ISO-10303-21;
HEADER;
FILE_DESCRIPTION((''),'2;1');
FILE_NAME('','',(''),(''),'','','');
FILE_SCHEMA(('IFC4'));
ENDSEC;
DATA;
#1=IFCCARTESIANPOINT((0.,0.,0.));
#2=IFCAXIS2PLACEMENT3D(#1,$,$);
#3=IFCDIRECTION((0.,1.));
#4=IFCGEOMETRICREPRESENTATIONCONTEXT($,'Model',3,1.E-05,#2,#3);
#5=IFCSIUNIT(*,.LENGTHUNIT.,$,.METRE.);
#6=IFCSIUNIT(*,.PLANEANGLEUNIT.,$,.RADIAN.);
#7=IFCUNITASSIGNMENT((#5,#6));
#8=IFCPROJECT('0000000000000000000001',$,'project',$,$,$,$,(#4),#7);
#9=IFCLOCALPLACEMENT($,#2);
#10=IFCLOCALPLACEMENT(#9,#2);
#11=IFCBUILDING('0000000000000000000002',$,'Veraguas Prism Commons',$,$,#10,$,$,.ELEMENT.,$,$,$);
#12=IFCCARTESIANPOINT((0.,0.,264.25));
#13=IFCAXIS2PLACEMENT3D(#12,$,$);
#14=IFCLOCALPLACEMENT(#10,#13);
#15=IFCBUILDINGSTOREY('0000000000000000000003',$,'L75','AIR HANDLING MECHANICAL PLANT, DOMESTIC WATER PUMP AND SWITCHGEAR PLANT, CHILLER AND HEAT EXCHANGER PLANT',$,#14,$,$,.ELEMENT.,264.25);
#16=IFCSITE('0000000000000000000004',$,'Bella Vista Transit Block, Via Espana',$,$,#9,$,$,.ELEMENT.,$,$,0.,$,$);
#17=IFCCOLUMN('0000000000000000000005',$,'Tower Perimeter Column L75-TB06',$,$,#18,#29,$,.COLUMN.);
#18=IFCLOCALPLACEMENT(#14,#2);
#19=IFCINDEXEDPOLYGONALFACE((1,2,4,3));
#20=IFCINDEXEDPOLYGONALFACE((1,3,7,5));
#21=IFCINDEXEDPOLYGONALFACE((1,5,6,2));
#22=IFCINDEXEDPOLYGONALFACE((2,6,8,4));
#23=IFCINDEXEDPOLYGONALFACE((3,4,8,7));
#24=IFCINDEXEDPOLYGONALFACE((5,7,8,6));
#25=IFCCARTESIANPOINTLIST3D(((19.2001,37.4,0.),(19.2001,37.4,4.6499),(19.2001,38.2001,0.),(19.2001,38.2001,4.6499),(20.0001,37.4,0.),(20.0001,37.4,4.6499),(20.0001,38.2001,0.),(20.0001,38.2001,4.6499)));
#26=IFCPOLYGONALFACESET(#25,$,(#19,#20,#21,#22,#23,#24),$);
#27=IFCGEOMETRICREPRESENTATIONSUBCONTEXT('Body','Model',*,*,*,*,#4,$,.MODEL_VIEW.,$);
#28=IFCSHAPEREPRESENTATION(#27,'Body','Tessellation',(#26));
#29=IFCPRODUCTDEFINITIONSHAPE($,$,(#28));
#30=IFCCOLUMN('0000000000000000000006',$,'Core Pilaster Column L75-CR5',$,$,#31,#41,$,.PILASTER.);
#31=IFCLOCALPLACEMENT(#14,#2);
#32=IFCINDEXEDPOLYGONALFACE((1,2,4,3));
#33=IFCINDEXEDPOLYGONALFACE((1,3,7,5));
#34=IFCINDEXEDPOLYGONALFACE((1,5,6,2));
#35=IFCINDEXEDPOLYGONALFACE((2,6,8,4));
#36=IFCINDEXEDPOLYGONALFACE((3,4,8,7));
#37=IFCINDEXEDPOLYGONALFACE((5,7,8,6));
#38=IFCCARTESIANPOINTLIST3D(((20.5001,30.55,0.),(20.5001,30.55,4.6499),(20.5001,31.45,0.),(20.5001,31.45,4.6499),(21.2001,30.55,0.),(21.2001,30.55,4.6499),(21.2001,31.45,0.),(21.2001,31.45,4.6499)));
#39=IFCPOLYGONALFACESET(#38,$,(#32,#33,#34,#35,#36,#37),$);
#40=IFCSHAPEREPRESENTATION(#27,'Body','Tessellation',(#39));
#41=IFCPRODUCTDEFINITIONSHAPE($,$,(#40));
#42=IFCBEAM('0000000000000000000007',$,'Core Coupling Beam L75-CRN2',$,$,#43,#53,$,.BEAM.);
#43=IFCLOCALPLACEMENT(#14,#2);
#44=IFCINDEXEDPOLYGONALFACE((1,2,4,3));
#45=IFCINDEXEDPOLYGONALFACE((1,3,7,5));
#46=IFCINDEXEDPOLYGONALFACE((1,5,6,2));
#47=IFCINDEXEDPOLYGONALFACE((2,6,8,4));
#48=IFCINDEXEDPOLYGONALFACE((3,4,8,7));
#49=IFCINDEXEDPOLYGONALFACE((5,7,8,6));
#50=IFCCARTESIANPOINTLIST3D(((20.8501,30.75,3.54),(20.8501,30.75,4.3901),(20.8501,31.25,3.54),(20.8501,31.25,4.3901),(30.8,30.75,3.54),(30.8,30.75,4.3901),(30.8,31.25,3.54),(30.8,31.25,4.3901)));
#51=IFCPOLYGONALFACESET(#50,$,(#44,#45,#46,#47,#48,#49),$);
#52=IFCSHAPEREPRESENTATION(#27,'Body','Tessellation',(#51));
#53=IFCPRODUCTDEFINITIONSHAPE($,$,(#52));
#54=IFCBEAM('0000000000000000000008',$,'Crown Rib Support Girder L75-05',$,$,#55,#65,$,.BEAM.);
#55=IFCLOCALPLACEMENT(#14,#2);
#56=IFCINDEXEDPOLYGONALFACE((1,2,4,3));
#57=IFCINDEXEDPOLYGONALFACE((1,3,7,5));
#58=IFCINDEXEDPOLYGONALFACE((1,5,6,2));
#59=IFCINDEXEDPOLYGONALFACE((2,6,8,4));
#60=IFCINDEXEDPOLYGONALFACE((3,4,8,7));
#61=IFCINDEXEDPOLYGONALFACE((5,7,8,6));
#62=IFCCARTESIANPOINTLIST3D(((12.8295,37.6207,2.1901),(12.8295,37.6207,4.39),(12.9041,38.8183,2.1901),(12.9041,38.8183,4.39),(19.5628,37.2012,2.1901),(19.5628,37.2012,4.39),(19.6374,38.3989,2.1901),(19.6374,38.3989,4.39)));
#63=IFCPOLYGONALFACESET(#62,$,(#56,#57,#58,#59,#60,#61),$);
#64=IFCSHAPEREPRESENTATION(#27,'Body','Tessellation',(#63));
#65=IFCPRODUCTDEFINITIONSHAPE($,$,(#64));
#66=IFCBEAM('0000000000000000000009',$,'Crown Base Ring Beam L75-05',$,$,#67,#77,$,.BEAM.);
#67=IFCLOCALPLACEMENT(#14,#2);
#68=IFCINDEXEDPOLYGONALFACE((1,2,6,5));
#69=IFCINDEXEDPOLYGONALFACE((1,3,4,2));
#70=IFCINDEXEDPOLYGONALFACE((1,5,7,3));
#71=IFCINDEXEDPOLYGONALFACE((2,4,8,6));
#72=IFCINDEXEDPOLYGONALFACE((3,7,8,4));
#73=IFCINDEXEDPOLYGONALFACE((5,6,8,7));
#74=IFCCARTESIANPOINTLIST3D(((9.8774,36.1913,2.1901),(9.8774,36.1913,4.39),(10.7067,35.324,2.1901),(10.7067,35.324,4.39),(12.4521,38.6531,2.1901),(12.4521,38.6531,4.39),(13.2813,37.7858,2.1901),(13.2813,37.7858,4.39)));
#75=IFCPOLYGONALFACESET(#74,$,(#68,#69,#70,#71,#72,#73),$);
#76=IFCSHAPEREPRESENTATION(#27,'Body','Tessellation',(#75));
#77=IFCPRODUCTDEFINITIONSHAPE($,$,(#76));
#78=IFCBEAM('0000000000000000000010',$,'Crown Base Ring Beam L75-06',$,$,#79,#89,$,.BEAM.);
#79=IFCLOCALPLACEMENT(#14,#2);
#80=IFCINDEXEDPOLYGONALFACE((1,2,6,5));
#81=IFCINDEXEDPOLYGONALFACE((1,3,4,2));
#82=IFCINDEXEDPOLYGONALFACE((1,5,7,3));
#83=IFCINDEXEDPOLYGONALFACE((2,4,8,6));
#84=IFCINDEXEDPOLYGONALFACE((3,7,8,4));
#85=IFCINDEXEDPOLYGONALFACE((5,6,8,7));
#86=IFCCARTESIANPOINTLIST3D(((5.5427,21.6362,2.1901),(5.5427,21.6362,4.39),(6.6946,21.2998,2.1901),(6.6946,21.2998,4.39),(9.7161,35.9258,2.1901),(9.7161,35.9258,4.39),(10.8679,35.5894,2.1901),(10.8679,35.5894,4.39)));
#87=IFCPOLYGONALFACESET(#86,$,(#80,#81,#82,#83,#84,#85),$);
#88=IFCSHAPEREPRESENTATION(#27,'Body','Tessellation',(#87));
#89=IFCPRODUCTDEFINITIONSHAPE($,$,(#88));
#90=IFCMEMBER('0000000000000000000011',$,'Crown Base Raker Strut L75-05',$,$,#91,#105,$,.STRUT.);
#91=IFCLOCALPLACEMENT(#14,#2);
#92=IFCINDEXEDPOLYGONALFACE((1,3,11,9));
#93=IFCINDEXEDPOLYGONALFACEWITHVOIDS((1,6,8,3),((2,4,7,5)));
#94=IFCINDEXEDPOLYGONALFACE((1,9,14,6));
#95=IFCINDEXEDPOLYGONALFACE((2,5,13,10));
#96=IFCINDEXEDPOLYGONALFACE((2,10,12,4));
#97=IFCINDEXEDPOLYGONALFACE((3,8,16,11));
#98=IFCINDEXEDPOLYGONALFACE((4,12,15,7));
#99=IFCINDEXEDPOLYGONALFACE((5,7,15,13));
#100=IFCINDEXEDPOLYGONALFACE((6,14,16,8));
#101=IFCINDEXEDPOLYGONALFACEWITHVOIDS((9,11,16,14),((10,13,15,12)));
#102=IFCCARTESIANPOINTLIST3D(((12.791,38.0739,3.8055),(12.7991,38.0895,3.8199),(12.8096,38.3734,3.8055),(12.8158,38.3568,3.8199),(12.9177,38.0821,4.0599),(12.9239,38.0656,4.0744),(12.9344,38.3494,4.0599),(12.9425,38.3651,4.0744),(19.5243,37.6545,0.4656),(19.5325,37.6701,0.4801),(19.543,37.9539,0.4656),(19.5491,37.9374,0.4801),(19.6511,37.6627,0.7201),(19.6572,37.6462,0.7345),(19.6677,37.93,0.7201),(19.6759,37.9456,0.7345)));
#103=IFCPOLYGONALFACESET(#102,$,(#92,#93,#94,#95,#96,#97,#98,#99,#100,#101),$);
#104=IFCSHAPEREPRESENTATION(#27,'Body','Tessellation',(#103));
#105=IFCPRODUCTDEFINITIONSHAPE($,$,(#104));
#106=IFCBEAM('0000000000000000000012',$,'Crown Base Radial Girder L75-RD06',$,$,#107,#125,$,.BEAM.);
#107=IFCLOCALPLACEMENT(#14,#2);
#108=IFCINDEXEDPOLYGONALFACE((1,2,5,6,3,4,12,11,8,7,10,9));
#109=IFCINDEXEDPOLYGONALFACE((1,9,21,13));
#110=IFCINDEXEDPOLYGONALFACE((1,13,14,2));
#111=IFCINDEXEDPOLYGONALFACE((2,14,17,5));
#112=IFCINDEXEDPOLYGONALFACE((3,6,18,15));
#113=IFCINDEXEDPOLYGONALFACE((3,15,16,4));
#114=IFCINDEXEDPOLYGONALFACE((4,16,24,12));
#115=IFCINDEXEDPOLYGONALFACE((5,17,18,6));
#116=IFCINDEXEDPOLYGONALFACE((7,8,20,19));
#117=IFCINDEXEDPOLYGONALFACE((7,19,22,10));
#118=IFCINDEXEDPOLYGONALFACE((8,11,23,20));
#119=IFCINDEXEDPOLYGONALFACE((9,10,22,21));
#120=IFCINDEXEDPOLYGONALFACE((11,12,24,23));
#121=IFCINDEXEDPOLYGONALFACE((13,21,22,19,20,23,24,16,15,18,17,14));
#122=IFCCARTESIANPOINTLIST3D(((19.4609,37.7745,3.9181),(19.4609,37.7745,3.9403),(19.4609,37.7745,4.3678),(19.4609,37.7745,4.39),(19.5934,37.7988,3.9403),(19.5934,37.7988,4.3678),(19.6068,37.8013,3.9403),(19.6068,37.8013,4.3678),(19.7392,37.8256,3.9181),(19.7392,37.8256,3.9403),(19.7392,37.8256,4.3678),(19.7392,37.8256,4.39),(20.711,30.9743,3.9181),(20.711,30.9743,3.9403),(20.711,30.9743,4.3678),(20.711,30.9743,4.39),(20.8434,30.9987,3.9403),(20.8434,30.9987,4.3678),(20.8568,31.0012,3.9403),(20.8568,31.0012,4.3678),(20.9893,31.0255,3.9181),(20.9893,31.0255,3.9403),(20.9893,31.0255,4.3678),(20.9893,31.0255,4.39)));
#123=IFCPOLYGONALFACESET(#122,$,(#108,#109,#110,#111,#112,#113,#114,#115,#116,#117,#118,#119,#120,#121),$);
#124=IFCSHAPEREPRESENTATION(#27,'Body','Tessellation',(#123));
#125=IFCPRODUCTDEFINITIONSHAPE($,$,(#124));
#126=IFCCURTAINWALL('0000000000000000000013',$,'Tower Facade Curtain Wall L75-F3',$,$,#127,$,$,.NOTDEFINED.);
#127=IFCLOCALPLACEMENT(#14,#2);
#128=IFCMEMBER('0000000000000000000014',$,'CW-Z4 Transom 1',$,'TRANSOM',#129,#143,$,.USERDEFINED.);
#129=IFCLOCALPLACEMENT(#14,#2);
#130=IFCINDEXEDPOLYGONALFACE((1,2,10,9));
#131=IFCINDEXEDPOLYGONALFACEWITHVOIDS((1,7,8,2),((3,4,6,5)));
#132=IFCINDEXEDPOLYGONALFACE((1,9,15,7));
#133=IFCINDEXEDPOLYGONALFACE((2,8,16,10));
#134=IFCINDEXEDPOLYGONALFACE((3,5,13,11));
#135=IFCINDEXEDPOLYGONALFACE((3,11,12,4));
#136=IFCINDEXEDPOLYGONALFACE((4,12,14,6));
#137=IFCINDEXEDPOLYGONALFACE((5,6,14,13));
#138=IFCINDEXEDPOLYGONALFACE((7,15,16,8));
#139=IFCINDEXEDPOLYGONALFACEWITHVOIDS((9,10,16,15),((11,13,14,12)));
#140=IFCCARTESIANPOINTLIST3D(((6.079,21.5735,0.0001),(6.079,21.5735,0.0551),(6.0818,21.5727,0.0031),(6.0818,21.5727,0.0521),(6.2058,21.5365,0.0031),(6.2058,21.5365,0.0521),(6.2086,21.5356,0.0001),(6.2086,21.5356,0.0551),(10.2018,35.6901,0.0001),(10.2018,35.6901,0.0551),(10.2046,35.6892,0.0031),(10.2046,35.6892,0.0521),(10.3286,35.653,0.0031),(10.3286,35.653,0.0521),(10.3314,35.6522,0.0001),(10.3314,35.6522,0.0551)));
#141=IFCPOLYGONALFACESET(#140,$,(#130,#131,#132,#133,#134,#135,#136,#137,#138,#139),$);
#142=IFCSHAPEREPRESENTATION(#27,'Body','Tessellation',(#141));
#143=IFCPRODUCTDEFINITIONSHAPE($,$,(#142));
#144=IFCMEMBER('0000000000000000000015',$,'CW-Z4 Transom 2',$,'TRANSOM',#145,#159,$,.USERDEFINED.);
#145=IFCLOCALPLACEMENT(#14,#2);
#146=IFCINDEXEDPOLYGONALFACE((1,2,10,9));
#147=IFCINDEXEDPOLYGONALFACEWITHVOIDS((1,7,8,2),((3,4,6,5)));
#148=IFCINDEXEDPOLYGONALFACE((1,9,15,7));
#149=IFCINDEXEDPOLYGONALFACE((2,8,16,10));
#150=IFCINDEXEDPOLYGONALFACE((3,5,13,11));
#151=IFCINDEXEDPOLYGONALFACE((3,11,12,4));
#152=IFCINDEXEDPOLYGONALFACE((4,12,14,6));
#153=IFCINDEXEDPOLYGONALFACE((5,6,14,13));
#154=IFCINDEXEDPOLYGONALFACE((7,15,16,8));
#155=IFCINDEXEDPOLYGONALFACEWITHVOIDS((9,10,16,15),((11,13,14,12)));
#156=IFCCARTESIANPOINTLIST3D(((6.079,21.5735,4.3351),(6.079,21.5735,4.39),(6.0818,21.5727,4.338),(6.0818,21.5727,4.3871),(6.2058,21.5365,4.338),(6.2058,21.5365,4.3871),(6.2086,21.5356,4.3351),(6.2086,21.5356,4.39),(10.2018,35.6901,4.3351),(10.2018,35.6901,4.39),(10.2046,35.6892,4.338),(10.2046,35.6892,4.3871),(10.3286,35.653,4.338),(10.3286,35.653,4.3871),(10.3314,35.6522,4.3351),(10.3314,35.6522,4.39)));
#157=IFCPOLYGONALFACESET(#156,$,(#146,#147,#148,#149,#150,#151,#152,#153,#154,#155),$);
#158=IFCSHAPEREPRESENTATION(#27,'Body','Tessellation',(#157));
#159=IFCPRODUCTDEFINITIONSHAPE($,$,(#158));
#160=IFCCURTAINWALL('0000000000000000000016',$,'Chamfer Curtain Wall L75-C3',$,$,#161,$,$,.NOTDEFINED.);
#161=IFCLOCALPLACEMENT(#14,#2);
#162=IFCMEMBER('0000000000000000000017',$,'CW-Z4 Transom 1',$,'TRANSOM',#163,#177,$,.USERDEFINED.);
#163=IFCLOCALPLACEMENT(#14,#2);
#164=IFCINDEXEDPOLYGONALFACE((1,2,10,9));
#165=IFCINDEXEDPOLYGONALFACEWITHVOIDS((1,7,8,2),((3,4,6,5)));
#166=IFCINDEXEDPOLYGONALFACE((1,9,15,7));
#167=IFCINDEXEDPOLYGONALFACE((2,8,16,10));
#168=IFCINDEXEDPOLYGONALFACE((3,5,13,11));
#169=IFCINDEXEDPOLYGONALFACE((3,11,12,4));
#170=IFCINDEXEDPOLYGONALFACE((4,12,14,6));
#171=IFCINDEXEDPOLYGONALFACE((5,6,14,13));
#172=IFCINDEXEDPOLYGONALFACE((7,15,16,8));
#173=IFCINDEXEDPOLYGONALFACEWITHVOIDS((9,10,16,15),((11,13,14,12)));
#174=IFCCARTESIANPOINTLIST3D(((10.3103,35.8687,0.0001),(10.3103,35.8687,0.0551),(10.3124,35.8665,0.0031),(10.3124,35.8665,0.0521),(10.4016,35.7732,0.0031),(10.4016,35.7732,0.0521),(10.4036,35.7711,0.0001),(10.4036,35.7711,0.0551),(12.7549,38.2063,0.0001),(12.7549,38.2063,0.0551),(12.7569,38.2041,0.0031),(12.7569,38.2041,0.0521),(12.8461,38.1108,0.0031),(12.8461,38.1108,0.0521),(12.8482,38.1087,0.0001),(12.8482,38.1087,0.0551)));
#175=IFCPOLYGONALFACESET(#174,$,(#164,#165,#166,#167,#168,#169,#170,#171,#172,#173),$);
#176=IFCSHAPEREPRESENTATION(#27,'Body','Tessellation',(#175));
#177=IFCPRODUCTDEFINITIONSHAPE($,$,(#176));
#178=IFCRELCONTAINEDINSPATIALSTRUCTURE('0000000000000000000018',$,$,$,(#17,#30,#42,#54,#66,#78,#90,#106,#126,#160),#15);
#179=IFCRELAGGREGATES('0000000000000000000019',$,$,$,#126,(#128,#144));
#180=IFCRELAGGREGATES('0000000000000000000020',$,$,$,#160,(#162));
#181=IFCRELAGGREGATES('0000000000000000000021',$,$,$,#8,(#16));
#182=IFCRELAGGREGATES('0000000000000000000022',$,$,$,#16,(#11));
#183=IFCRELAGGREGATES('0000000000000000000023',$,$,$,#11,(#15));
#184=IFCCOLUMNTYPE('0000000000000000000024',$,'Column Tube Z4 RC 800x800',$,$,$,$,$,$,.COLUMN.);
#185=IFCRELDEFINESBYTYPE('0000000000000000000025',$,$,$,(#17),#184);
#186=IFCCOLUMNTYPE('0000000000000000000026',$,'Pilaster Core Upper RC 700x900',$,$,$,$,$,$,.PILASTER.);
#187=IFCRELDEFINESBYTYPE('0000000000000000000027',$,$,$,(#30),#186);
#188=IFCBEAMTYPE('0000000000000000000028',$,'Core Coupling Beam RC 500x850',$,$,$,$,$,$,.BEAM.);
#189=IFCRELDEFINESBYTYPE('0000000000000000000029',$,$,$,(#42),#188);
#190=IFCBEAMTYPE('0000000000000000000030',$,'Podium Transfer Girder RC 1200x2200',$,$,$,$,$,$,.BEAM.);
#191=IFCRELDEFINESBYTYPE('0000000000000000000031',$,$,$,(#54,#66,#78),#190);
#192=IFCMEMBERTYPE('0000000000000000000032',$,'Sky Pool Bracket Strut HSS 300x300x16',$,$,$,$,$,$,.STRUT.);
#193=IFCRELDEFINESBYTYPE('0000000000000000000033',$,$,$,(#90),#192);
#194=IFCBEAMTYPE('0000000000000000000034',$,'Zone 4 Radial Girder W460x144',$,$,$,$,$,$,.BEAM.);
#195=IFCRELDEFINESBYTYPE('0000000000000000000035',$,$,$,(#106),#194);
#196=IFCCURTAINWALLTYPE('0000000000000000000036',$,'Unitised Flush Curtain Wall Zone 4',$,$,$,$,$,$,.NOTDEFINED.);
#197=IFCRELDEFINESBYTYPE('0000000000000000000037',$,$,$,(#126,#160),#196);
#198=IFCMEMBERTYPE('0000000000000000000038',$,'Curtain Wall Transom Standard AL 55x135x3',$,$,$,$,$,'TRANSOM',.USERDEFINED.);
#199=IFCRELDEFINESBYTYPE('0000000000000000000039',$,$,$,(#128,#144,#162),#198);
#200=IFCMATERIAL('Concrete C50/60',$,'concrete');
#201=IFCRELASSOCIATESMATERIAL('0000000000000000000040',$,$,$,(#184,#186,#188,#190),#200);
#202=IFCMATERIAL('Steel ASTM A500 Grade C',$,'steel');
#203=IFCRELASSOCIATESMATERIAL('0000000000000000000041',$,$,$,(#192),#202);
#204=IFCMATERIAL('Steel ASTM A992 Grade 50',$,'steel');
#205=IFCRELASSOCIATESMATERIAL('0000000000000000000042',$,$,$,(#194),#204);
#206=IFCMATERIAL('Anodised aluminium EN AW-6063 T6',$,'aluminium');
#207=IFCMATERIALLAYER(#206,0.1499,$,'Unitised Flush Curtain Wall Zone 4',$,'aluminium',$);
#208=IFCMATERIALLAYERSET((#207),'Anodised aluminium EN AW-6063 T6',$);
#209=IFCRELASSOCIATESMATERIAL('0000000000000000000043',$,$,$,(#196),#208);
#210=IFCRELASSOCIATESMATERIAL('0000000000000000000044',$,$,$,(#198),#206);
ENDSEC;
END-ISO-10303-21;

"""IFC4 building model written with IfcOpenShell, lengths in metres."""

from ifc_helpers import new_model, si_unit, direction, frame, origin, origin_2d, place, context, subcontext, project, spatial, rectangle, hollow_rectangle, i_section, extrude, source, transform, mapped, material, layer, layer_set, material_profile, profile_set, type_object, element, aggregate, save


model = new_model("IFC4")

# Units and contexts
model_context = context("Model", 3, precision=1e-05, world=origin(), true_north=direction((0.0, 1.0)))
body_context = subcontext(model_context, "Body", "Model", "MODEL_VIEW")
ifc_project = project(units=[si_unit("LENGTHUNIT", "METRE"), si_unit("PLANEANGLEUNIT", "RADIAN")], contexts=[model_context])

# Site, building, storey
site_placement = place(None, origin())
site = spatial("IfcSite", under=ifc_project, at=site_placement, Name="Bella Vista Transit Block, Via Espana", CompositionType="ELEMENT", RefElevation=0.0)
building_placement = place(site_placement, origin())
building = spatial("IfcBuilding", under=site, at=building_placement, Name="Veraguas Prism Commons", CompositionType="ELEMENT")
storey_placement = place(building_placement, frame((0.0, 0.0, 264.25)))
storey = spatial("IfcBuildingStorey", under=building, at=storey_placement, Name="L75", Description="AIR HANDLING MECHANICAL PLANT, DOMESTIC WATER PUMP AND SWITCHGEAR PLANT, CHILLER AND HEAT EXCHANGER PLANT", CompositionType="ELEMENT", Elevation=264.25)

# Columns
ifc_material_1 = material(Name="Concrete C50/60", Category="concrete")
ifc_material_profile_1 = material_profile(ifc_material_1, rectangle(XDim=0.8, YDim=0.8, at=origin_2d()), Name="RC800X800")
ifc_profile_set_1 = profile_set([ifc_material_profile_1], Name="Concrete C50/60")
column_type_1 = type_object("IfcColumnType", Name="Column Tube Z4 RC 800x800", PredefinedType="COLUMN", material=ifc_profile_set_1)
column_1_placement = place(storey_placement, frame((19.6001, 37.8, 0.0), z_axis=(0.0, 0.0, 1.0), x_axis=(1.0, 0.0, 0.0)))
element("IfcColumn", 1, at=column_1_placement, inside=storey, type_object=column_type_1, Name="Tower Perimeter Column L75-TB06", PredefinedType="COLUMN", context=body_context, shape_type="SweptSolid", body=[
    extrude(rectangle(XDim=0.8, YDim=0.8, at=origin_2d()), origin(), (0.0, 0.0, 1.0), 4.6499),
])
ifc_material_profile_2 = material_profile(ifc_material_1, rectangle(XDim=0.7, YDim=0.8999, at=origin_2d()), Name="RC700X900")
ifc_profile_set_2 = profile_set([ifc_material_profile_2], Name="Concrete C50/60")
column_type_2 = type_object("IfcColumnType", Name="Pilaster Core Upper RC 700x900", PredefinedType="PILASTER", material=ifc_profile_set_2)
column_2_placement = place(storey_placement, frame((20.8501, 31.0, 0.0), z_axis=(0.0, 0.0, 1.0), x_axis=(1.0, 0.0, 0.0)))
element("IfcColumn", 2, at=column_2_placement, inside=storey, type_object=column_type_2, Name="Core Pilaster Column L75-CR5", PredefinedType="PILASTER", context=body_context, shape_type="SweptSolid", body=[
    extrude(rectangle(XDim=0.7, YDim=0.8999, at=origin_2d()), origin(), (0.0, 0.0, 1.0), 4.6499),
])

# Beams
ifc_material_profile_3 = material_profile(ifc_material_1, rectangle(XDim=0.5, YDim=0.8501, at=origin_2d()), Name="RC500X850")
ifc_profile_set_3 = profile_set([ifc_material_profile_3], Name="Concrete C50/60")
beam_type_1 = type_object("IfcBeamType", Name="Core Coupling Beam RC 500x850", PredefinedType="BEAM", material=ifc_profile_set_3)
beam_1_placement = place(storey_placement, frame((20.8501, 31.0, 3.9651), z_axis=(1.0, 0.0, 0.0), x_axis=(0.0, 1.0, 0.0)))
element("IfcBeam", 3, at=beam_1_placement, inside=storey, type_object=beam_type_1, Name="Core Coupling Beam L75-CRN2", PredefinedType="BEAM", context=body_context, shape_type="SweptSolid", body=[
    extrude(rectangle(XDim=0.5, YDim=0.8501, at=origin_2d()), origin(), (0.0, 0.0, 1.0), 9.95),
])
ifc_material_profile_4 = material_profile(ifc_material_1, rectangle(XDim=1.2, YDim=2.2, at=origin_2d()), Name="RC1200X2200")
ifc_profile_set_4 = profile_set([ifc_material_profile_4], Name="Concrete C50/60")
beam_type_2 = type_object("IfcBeamType", Name="Podium Transfer Girder RC 1200x2200", PredefinedType="BEAM", material=ifc_profile_set_4)
beam_2_placement = place(storey_placement, frame((19.6001, 37.8, 3.29), z_axis=(-0.998066, 0.062171, 0.0), x_axis=(-0.062171, -0.998066, 0.0)))
element("IfcBeam", 4, at=beam_2_placement, inside=storey, type_object=beam_type_2, Name="Crown Rib Support Girder L75-05", PredefinedType="BEAM", context=body_context, shape_type="SweptSolid", body=[
    extrude(rectangle(XDim=1.2, YDim=2.2, at=origin_2d()), origin(), (0.0, 0.0, 1.0), 6.7463),
])
beam_3_placement = place(storey_placement, frame((12.8667, 38.2195, 3.29), z_axis=(-0.722761, -0.691098, 0.0), x_axis=(0.691098, -0.722761, 0.0)))
element("IfcBeam", 5, at=beam_3_placement, inside=storey, type_object=beam_type_2, Name="Crown Base Ring Beam L75-05", PredefinedType="BEAM", context=body_context, shape_type="SweptSolid", body=[
    extrude(rectangle(XDim=1.2, YDim=2.2, at=origin_2d()), origin(), (0.0, 0.0, 1.0), 3.5623),
])
beam_4_placement = place(storey_placement, frame((10.292, 35.7576, 3.29), z_axis=(-0.280344, -0.9599, 0.0), x_axis=(0.9599, -0.280344, 0.0)))
element("IfcBeam", 6, at=beam_4_placement, inside=storey, type_object=beam_type_2, Name="Crown Base Ring Beam L75-06", PredefinedType="BEAM", context=body_context, shape_type="SweptSolid", body=[
    extrude(rectangle(XDim=1.2, YDim=2.2, at=origin_2d()), origin(), (0.0, 0.0, 1.0), 14.8865),
])

# Member
ifc_material_2 = material(Name="Steel ASTM A500 Grade C", Category="steel")
ifc_material_profile_5 = material_profile(ifc_material_2, hollow_rectangle(XDim=0.3, YDim=0.3, WallThickness=0.0161, at=origin_2d()), Name="HSS300X300X16")
ifc_profile_set_5 = profile_set([ifc_material_profile_5], Name="Steel ASTM A500 Grade C")
member_type_1 = type_object("IfcMemberType", Name="Sky Pool Bracket Strut HSS 300x300x16", PredefinedType="STRUT", material=ifc_profile_set_5)
member_1_placement = place(storey_placement, frame((19.6001, 37.8, 0.6001), z_axis=(-0.89446, 0.055717, 0.443663), x_axis=(-0.062171, -0.998066, 0.0)))
element("IfcMember", 7, at=member_1_placement, inside=storey, type_object=member_type_1, Name="Crown Base Raker Strut L75-05", PredefinedType="STRUT", context=body_context, shape_type="SweptSolid", body=[
    extrude(hollow_rectangle(XDim=0.3, YDim=0.3, WallThickness=0.0161, at=origin_2d()), origin(), (0.0, 0.0, 1.0), 7.5278),
])

# Beam
ifc_material_3 = material(Name="Steel ASTM A992 Grade 50", Category="steel")
ifc_material_profile_6 = material_profile(ifc_material_3, i_section(OverallWidth=0.283, OverallDepth=0.4719, WebThickness=0.0137, FlangeThickness=0.0222, at=origin_2d()), Name="W460X144")
ifc_profile_set_6 = profile_set([ifc_material_profile_6], Name="Steel ASTM A992 Grade 50")
beam_type_3 = type_object("IfcBeamType", Name="Zone 4 Radial Girder W460x144", PredefinedType="BEAM", material=ifc_profile_set_6)
beam_5_placement = place(storey_placement, frame((19.6001, 37.8, 4.1541), z_axis=(0.180793, -0.983521, 0.0), x_axis=(0.983521, 0.180793, 0.0)))
element("IfcBeam", 8, at=beam_5_placement, inside=storey, type_object=beam_type_3, Name="Crown Base Radial Girder L75-RD06", PredefinedType="BEAM", context=body_context, shape_type="SweptSolid", body=[
    extrude(i_section(OverallWidth=0.283, OverallDepth=0.4719, WebThickness=0.0137, FlangeThickness=0.0222, at=origin_2d()), origin(), (0.0, 0.0, 1.0), 6.9141),
])

# Curtain walls, members
ifc_material_4 = material(Name="Anodised aluminium EN AW-6063 T6", Category="aluminium")
ifc_layer_1 = layer(ifc_material_4, 0.1499, Name="Unitised Flush Curtain Wall Zone 4", Category="aluminium")
ifc_layer_set_1 = layer_set([ifc_layer_1], Name="Anodised aluminium EN AW-6063 T6")
curtain_wall_type = type_object("IfcCurtainWallType", Name="Unitised Flush Curtain Wall Zone 4", PredefinedType="NOTDEFINED", material=ifc_layer_set_1)
curtain_wall_1_placement = place(storey_placement, origin())
curtain_wall_1 = element("IfcCurtainWall", 9, at=curtain_wall_1_placement, inside=storey, type_object=curtain_wall_type, Name="Tower Facade Curtain Wall L75-F3", PredefinedType="NOTDEFINED")
ifc_material_profile_7 = material_profile(ifc_material_4, hollow_rectangle(XDim=0.0549, YDim=0.135, WallThickness=0.0029, at=origin_2d()), Name="AL55X135X3")
ifc_profile_set_7 = profile_set([ifc_material_profile_7], Name="Anodised aluminium EN AW-6063 T6")
member_type_2 = type_object("IfcMemberType", Name="Curtain Wall Transom Standard AL 55x135x3", ElementType="TRANSOM", PredefinedType="USERDEFINED", material=ifc_profile_set_7)
shared_shape_1 = source(origin(), body_context, "Body", "SweptSolid", [
    extrude(hollow_rectangle(XDim=0.0549, YDim=0.135, WallThickness=0.0029, at=origin_2d()), origin(), (0.0, 0.0, 1.0), 14.7063),
])
member_2_placement = place(storey_placement, frame((10.2666, 35.6711, 0.0276), z_axis=(-0.28034, -0.959901, 0.0), x_axis=(0.0, 0.0, 1.0)))
member_2 = element("IfcMember", 10, at=member_2_placement, type_object=member_type_2, Name="CW-Z4 Transom 1", ObjectType="TRANSOM", PredefinedType="USERDEFINED", context=body_context, shape_type="MappedRepresentation", body=[
    mapped(shared_shape_1, transform((0.0, 0.0, 0.0), scale=1.0)),
])
member_3_placement = place(storey_placement, frame((10.2666, 35.6711, 4.3625), z_axis=(-0.28034, -0.959901, 0.0), x_axis=(0.0, 0.0, 1.0)))
member_3 = element("IfcMember", 11, at=member_3_placement, type_object=member_type_2, Name="CW-Z4 Transom 2", ObjectType="TRANSOM", PredefinedType="USERDEFINED", context=body_context, shape_type="MappedRepresentation", body=[
    mapped(shared_shape_1, transform((0.0, 0.0, 0.0), scale=1.0)),
])
curtain_wall_2_placement = place(storey_placement, origin())
curtain_wall_2 = element("IfcCurtainWall", 12, at=curtain_wall_2_placement, inside=storey, type_object=curtain_wall_type, Name="Chamfer Curtain Wall L75-C3", PredefinedType="NOTDEFINED")
shared_shape_2 = source(origin(), body_context, "Body", "SweptSolid", [
    extrude(hollow_rectangle(XDim=0.0549, YDim=0.135, WallThickness=0.0029, at=origin_2d()), origin(), (0.0, 0.0, 1.0), 3.3823),
])
member_4_placement = place(storey_placement, frame((12.8015, 38.1575, 0.0276), z_axis=(-0.722737, -0.691123, 0.0), x_axis=(0.0, 0.0, 1.0)))
member_4 = element("IfcMember", 13, at=member_4_placement, type_object=member_type_2, Name="CW-Z4 Transom 1", ObjectType="TRANSOM", PredefinedType="USERDEFINED", context=body_context, shape_type="MappedRepresentation", body=[
    mapped(shared_shape_2, transform((0.0, 0.0, 0.0), scale=1.0)),
])

aggregate(curtain_wall_1, [member_2, member_3])
aggregate(curtain_wall_2, [member_4])

save(model, "model.ifc")
